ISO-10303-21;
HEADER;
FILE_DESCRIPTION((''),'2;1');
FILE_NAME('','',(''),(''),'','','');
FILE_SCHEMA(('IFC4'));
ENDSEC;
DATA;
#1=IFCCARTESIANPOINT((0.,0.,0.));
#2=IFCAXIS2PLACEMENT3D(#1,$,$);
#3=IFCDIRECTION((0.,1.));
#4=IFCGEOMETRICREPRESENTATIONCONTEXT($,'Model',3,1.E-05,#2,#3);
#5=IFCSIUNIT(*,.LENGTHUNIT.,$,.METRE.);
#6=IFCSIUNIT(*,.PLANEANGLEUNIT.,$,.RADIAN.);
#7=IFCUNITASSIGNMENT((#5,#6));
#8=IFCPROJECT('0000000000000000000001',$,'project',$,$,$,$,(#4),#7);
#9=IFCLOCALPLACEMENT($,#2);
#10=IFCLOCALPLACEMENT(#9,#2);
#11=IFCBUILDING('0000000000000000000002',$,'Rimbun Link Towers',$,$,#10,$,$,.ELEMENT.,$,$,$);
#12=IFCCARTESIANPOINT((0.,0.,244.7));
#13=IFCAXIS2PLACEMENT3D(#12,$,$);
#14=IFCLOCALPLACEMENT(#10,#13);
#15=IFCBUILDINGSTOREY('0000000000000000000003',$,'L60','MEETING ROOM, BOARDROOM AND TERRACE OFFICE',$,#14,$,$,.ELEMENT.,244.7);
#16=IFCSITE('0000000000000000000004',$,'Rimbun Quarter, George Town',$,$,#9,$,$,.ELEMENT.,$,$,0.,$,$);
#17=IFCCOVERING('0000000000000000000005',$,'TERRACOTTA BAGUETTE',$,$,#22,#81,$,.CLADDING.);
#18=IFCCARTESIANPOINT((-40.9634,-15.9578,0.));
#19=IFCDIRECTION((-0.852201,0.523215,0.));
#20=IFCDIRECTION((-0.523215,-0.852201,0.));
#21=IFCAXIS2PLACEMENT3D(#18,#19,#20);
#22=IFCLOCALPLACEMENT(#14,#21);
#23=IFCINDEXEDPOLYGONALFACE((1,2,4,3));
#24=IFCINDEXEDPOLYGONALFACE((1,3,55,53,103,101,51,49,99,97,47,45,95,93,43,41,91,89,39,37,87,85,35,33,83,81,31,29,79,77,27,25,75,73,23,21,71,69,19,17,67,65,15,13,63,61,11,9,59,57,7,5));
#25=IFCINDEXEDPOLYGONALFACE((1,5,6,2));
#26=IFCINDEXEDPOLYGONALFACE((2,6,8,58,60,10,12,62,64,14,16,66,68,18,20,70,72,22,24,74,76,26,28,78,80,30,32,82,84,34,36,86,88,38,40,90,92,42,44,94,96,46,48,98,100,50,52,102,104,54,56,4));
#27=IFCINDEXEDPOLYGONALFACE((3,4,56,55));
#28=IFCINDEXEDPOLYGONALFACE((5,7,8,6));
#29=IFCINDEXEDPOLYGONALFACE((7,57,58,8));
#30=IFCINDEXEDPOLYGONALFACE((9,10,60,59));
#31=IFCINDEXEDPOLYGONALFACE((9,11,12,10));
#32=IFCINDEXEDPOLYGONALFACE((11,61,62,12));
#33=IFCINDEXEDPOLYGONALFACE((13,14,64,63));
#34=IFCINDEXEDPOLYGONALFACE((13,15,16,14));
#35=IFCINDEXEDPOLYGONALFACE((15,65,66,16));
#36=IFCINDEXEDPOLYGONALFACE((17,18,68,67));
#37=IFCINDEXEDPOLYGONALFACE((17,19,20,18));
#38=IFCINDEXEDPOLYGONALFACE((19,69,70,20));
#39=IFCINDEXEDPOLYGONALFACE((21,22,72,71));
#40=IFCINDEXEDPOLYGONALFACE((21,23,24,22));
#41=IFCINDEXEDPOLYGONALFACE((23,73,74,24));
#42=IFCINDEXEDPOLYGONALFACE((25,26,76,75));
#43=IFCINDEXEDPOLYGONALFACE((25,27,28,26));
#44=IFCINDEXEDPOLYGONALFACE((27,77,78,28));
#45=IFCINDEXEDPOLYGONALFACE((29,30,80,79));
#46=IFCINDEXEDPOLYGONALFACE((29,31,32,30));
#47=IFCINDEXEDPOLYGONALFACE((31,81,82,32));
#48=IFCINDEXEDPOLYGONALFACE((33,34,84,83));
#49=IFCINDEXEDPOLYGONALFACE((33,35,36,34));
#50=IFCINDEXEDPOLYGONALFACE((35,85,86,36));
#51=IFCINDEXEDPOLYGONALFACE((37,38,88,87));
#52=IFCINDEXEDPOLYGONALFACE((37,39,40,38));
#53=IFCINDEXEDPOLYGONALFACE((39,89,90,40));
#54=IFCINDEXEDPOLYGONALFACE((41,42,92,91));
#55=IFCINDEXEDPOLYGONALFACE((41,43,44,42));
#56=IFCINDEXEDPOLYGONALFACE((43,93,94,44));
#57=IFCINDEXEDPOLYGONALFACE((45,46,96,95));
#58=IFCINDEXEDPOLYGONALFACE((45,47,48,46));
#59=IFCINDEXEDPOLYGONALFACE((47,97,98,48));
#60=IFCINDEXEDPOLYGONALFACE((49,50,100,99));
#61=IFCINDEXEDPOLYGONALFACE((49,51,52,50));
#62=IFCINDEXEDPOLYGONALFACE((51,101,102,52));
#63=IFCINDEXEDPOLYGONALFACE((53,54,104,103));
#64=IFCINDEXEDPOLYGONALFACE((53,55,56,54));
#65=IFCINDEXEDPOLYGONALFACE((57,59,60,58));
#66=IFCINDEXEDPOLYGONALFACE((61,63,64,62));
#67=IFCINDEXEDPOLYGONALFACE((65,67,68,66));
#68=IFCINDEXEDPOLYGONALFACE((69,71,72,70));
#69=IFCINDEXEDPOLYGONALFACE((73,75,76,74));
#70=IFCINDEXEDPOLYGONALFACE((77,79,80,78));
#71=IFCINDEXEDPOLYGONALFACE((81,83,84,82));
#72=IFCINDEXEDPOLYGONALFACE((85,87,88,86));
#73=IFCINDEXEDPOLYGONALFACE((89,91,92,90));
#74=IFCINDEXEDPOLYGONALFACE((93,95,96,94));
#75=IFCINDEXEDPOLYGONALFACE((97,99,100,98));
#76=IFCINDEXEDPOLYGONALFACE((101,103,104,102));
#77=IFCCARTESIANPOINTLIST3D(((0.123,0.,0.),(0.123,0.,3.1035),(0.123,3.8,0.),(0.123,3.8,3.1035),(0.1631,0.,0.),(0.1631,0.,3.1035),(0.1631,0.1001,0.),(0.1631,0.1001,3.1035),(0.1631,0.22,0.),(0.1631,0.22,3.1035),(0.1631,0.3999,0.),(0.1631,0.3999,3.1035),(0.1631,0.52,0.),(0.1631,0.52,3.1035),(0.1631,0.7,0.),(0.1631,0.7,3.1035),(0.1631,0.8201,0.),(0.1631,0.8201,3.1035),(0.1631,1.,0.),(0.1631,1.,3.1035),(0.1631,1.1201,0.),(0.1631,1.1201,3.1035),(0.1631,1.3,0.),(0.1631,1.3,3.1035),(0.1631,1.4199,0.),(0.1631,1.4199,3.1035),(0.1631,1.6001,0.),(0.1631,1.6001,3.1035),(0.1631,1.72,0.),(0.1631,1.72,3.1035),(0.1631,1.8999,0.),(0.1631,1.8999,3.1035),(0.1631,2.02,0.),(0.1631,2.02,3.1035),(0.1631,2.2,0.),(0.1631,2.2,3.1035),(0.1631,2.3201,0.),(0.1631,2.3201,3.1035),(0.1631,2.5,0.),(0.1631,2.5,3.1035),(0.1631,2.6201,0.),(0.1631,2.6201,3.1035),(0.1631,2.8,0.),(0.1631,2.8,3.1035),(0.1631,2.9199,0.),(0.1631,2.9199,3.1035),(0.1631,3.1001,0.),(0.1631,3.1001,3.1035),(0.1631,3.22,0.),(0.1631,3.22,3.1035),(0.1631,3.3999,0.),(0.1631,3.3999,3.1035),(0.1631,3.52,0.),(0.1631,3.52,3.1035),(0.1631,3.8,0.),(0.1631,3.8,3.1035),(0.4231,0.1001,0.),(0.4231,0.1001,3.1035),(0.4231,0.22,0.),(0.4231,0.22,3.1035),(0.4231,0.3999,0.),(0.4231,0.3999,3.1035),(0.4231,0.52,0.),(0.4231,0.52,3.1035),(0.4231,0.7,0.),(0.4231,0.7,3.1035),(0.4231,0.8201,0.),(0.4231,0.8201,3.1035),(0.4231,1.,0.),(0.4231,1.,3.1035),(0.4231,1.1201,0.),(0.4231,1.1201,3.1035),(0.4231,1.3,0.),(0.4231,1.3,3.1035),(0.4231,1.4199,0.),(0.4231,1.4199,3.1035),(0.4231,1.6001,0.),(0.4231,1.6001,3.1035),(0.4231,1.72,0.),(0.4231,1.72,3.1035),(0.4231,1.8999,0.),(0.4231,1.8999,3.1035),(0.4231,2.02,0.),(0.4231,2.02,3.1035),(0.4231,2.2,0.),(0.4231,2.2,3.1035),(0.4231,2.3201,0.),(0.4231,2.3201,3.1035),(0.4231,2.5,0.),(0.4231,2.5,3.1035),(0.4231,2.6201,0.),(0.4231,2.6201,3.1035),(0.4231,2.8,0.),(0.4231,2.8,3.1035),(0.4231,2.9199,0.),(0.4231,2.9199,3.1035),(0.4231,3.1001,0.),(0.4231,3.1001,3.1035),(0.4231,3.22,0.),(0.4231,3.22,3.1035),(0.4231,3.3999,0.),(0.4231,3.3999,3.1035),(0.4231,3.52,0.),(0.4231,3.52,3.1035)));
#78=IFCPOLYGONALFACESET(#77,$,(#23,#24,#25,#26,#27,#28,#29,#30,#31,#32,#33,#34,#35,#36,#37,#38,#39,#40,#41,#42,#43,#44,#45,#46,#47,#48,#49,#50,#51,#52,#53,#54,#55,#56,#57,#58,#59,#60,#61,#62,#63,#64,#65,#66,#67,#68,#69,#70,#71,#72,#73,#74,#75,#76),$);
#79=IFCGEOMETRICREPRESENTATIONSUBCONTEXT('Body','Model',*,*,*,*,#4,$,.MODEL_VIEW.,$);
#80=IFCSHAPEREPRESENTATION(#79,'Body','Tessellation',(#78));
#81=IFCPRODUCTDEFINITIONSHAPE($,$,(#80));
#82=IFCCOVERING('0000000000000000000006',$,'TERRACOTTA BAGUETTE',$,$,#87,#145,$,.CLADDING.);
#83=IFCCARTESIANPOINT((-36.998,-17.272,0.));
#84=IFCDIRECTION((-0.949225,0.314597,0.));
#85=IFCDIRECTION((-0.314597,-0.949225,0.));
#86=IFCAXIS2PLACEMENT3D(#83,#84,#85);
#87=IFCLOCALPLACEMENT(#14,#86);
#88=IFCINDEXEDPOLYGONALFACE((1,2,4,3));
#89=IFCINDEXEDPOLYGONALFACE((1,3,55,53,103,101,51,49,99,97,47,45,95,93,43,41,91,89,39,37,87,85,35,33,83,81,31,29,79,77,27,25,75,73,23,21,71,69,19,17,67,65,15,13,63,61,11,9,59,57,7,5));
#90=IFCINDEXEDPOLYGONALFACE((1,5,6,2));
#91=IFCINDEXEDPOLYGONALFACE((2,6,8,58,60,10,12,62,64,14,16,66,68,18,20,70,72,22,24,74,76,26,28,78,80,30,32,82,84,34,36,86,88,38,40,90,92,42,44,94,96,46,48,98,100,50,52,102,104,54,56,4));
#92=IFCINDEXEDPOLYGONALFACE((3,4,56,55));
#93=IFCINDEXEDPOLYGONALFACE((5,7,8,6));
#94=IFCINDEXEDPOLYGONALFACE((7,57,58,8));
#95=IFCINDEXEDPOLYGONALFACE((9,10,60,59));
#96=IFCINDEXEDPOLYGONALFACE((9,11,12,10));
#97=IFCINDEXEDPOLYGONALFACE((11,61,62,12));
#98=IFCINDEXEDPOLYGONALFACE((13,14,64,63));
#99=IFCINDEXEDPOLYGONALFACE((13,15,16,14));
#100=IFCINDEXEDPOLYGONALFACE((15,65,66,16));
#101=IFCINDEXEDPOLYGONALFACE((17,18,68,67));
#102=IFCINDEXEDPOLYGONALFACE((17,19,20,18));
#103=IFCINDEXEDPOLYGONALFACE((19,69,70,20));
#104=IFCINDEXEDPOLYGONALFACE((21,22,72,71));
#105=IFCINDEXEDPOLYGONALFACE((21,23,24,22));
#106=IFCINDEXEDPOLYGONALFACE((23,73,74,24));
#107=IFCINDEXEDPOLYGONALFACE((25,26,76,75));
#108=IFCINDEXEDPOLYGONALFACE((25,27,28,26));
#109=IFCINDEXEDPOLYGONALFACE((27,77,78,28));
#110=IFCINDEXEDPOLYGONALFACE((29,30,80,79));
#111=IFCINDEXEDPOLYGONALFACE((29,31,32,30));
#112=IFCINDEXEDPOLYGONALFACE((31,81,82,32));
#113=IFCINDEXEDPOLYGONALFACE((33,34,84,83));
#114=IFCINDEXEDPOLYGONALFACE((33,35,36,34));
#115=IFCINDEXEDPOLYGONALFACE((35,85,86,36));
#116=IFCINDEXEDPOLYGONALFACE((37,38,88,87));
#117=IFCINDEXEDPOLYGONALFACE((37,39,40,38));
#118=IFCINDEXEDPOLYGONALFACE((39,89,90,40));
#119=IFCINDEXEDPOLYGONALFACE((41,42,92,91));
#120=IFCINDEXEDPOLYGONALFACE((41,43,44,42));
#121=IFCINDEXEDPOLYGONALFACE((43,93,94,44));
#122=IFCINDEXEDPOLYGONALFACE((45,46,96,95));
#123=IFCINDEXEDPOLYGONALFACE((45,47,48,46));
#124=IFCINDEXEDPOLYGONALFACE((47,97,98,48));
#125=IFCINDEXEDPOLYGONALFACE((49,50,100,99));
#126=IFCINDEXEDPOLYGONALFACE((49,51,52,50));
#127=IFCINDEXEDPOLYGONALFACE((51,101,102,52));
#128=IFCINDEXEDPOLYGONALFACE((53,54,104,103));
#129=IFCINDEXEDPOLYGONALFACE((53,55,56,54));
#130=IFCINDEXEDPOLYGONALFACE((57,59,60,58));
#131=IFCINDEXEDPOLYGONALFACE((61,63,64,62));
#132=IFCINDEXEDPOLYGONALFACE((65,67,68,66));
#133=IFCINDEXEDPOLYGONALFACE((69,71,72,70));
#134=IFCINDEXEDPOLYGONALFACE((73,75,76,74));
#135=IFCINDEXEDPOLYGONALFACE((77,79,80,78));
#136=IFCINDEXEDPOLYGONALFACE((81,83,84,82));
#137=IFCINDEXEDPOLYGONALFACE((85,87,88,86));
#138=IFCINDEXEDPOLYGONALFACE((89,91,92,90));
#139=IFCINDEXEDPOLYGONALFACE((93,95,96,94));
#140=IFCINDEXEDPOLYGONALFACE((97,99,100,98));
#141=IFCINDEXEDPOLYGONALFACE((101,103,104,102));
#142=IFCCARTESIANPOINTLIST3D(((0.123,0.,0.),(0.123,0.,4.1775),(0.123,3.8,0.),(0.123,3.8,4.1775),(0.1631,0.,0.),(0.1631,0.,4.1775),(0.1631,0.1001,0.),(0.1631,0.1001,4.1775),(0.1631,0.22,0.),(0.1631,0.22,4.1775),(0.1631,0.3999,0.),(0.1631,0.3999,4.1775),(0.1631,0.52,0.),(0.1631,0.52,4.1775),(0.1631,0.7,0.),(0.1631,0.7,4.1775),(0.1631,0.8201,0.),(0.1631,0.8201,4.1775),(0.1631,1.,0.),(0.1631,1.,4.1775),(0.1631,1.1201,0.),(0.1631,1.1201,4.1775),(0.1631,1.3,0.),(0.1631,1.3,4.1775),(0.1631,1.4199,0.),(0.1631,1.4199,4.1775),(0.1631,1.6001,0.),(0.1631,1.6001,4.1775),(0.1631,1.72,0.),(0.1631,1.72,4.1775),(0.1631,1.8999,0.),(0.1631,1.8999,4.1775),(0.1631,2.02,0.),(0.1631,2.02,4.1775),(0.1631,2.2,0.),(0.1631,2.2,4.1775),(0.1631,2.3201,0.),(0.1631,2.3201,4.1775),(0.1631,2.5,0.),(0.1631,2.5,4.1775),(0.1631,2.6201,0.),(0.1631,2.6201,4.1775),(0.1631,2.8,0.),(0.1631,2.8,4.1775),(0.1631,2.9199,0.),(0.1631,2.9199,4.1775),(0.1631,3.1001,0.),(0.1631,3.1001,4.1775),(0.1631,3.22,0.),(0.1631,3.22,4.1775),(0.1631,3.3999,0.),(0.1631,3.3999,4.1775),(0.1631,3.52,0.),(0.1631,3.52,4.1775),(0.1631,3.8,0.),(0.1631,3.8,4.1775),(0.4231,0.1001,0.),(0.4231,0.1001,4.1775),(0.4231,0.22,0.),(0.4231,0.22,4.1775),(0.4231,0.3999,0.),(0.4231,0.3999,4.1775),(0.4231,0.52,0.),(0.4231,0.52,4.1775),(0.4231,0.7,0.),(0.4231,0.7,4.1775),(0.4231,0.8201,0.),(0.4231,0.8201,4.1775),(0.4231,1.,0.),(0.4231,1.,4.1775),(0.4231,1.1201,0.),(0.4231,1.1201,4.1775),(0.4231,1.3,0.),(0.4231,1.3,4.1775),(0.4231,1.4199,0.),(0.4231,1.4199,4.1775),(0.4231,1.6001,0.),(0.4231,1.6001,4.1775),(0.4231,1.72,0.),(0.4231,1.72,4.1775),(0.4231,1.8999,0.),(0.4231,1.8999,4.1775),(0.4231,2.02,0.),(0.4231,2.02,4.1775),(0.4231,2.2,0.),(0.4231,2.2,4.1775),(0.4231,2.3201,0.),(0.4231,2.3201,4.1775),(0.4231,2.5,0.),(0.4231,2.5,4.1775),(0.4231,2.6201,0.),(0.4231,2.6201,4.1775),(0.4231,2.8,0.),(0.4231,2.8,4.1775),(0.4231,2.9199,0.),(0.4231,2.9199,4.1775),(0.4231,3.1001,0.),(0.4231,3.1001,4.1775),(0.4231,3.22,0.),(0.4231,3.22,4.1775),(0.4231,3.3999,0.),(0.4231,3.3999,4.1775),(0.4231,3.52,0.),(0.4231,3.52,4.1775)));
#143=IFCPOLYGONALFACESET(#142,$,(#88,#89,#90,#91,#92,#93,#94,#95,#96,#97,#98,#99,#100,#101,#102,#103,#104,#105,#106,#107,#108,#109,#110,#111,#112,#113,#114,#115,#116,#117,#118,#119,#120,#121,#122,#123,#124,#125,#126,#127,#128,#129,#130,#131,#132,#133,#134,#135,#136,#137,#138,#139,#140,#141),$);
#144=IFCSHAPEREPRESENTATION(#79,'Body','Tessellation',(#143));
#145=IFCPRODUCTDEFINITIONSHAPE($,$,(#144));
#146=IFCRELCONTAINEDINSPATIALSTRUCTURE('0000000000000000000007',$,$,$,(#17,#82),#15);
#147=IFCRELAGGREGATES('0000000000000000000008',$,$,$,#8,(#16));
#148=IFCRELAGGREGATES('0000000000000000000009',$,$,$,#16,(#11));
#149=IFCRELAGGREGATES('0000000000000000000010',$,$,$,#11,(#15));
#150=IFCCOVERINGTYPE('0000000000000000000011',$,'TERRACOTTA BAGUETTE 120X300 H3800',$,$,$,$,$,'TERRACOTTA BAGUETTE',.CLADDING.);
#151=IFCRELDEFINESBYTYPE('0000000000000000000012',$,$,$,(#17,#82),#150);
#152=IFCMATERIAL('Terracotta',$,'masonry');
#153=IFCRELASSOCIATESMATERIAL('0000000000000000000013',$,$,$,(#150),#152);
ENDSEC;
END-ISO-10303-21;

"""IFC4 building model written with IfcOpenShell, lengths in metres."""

from ifc_helpers import new_model, si_unit, direction, frame, origin, place, context, subcontext, project, spatial, polyline, outline, extrude, material, material_profile, profile_set, type_object, element, save


model = new_model("IFC4")

# Units and contexts
model_context = context("Model", 3, precision=1e-05, world=origin(), true_north=direction((0.0, 1.0)))
body_context = subcontext(model_context, "Body", "Model", "MODEL_VIEW")
ifc_project = project(units=[si_unit("LENGTHUNIT", "METRE"), si_unit("PLANEANGLEUNIT", "RADIAN")], contexts=[model_context])

# Site, building, storey
site_placement = place(None, origin())
site = spatial("IfcSite", under=ifc_project, at=site_placement, Name="Rimbun Quarter, George Town", CompositionType="ELEMENT", RefElevation=0.0)
building_placement = place(site_placement, origin())
building = spatial("IfcBuilding", under=site, at=building_placement, Name="Rimbun Link Towers", CompositionType="ELEMENT")
storey_placement = place(building_placement, frame((0.0, 0.0, 244.7)))
storey = spatial("IfcBuildingStorey", under=building, at=storey_placement, Name="L60", Description="MEETING ROOM, BOARDROOM AND TERRACE OFFICE", CompositionType="ELEMENT", Elevation=244.7)

# Coverings
ifc_material_1 = material(Name="Terracotta", Category="masonry")
ifc_material_profile_1 = material_profile(ifc_material_1, outline(polyline([(0.123, 0.0), (0.1631, 0.0), (0.1631, 0.1001), (0.4231, 0.1001), (0.4231, 0.22), (0.1631, 0.22), (0.1631, 0.3999), (0.4231, 0.3999), (0.4231, 0.52), (0.1631, 0.52), (0.1631, 0.7), (0.4231, 0.7), (0.4231, 0.8201), (0.1631, 0.8201), (0.1631, 1.0), (0.4231, 1.0), (0.4231, 1.1201), (0.1631, 1.1201), (0.1631, 1.3), (0.4231, 1.3), (0.4231, 1.4199), (0.1631, 1.4199), (0.1631, 1.6001), (0.4231, 1.6001), (0.4231, 1.72), (0.1631, 1.72), (0.1631, 1.8999), (0.4231, 1.8999), (0.4231, 2.02), (0.1631, 2.02), (0.1631, 2.2), (0.4231, 2.2), (0.4231, 2.3201), (0.1631, 2.3201), (0.1631, 2.5), (0.4231, 2.5), (0.4231, 2.6201), (0.1631, 2.6201), (0.1631, 2.8), (0.4231, 2.8), (0.4231, 2.9199), (0.1631, 2.9199), (0.1631, 3.1001), (0.4231, 3.1001), (0.4231, 3.22), (0.1631, 3.22), (0.1631, 3.3999), (0.4231, 3.3999), (0.4231, 3.52), (0.1631, 3.52), (0.1631, 3.8), (0.123, 3.8), (0.123, 0.0)])), Name="BAGUETTE 120X300")
ifc_profile_set_1 = profile_set([ifc_material_profile_1], Name="Terracotta")
covering_type = type_object("IfcCoveringType", Name="TERRACOTTA BAGUETTE 120X300 H3800", ElementType="TERRACOTTA BAGUETTE", PredefinedType="CLADDING", material=ifc_profile_set_1)
covering_1_placement = place(storey_placement, frame((-40.9634, -15.9578, 0.0), z_axis=(-0.852201, 0.523215, 0.0), x_axis=(-0.523215, -0.852201, 0.0)))
element("IfcCovering", 1, at=covering_1_placement, inside=storey, type_object=covering_type, Name="TERRACOTTA BAGUETTE", PredefinedType="CLADDING", context=body_context, shape_type="SweptSolid", body=[
    extrude(outline(polyline([(0.123, 0.0), (0.1631, 0.0), (0.1631, 0.1001), (0.4231, 0.1001), (0.4231, 0.22), (0.1631, 0.22), (0.1631, 0.3999), (0.4231, 0.3999), (0.4231, 0.52), (0.1631, 0.52), (0.1631, 0.7), (0.4231, 0.7), (0.4231, 0.8201), (0.1631, 0.8201), (0.1631, 1.0), (0.4231, 1.0), (0.4231, 1.1201), (0.1631, 1.1201), (0.1631, 1.3), (0.4231, 1.3), (0.4231, 1.4199), (0.1631, 1.4199), (0.1631, 1.6001), (0.4231, 1.6001), (0.4231, 1.72), (0.1631, 1.72), (0.1631, 1.8999), (0.4231, 1.8999), (0.4231, 2.02), (0.1631, 2.02), (0.1631, 2.2), (0.4231, 2.2), (0.4231, 2.3201), (0.1631, 2.3201), (0.1631, 2.5), (0.4231, 2.5), (0.4231, 2.6201), (0.1631, 2.6201), (0.1631, 2.8), (0.4231, 2.8), (0.4231, 2.9199), (0.1631, 2.9199), (0.1631, 3.1001), (0.4231, 3.1001), (0.4231, 3.22), (0.1631, 3.22), (0.1631, 3.3999), (0.4231, 3.3999), (0.4231, 3.52), (0.1631, 3.52), (0.1631, 3.8), (0.123, 3.8), (0.123, 0.0)])), origin(), (0.0, 0.0, 1.0), 3.1035),
])
covering_2_placement = place(storey_placement, frame((-36.998, -17.272, 0.0), z_axis=(-0.949225, 0.314597, 0.0), x_axis=(-0.314597, -0.949225, 0.0)))
element("IfcCovering", 2, at=covering_2_placement, inside=storey, type_object=covering_type, Name="TERRACOTTA BAGUETTE", PredefinedType="CLADDING", context=body_context, shape_type="SweptSolid", body=[
    extrude(outline(polyline([(0.123, 0.0), (0.1631, 0.0), (0.1631, 0.1001), (0.4231, 0.1001), (0.4231, 0.22), (0.1631, 0.22), (0.1631, 0.3999), (0.4231, 0.3999), (0.4231, 0.52), (0.1631, 0.52), (0.1631, 0.7), (0.4231, 0.7), (0.4231, 0.8201), (0.1631, 0.8201), (0.1631, 1.0), (0.4231, 1.0), (0.4231, 1.1201), (0.1631, 1.1201), (0.1631, 1.3), (0.4231, 1.3), (0.4231, 1.4199), (0.1631, 1.4199), (0.1631, 1.6001), (0.4231, 1.6001), (0.4231, 1.72), (0.1631, 1.72), (0.1631, 1.8999), (0.4231, 1.8999), (0.4231, 2.02), (0.1631, 2.02), (0.1631, 2.2), (0.4231, 2.2), (0.4231, 2.3201), (0.1631, 2.3201), (0.1631, 2.5), (0.4231, 2.5), (0.4231, 2.6201), (0.1631, 2.6201), (0.1631, 2.8), (0.4231, 2.8), (0.4231, 2.9199), (0.1631, 2.9199), (0.1631, 3.1001), (0.4231, 3.1001), (0.4231, 3.22), (0.1631, 3.22), (0.1631, 3.3999), (0.4231, 3.3999), (0.4231, 3.52), (0.1631, 3.52), (0.1631, 3.8), (0.123, 3.8), (0.123, 0.0)])), origin(), (0.0, 0.0, 1.0), 4.1775),
])

save(model, "model.ifc")
